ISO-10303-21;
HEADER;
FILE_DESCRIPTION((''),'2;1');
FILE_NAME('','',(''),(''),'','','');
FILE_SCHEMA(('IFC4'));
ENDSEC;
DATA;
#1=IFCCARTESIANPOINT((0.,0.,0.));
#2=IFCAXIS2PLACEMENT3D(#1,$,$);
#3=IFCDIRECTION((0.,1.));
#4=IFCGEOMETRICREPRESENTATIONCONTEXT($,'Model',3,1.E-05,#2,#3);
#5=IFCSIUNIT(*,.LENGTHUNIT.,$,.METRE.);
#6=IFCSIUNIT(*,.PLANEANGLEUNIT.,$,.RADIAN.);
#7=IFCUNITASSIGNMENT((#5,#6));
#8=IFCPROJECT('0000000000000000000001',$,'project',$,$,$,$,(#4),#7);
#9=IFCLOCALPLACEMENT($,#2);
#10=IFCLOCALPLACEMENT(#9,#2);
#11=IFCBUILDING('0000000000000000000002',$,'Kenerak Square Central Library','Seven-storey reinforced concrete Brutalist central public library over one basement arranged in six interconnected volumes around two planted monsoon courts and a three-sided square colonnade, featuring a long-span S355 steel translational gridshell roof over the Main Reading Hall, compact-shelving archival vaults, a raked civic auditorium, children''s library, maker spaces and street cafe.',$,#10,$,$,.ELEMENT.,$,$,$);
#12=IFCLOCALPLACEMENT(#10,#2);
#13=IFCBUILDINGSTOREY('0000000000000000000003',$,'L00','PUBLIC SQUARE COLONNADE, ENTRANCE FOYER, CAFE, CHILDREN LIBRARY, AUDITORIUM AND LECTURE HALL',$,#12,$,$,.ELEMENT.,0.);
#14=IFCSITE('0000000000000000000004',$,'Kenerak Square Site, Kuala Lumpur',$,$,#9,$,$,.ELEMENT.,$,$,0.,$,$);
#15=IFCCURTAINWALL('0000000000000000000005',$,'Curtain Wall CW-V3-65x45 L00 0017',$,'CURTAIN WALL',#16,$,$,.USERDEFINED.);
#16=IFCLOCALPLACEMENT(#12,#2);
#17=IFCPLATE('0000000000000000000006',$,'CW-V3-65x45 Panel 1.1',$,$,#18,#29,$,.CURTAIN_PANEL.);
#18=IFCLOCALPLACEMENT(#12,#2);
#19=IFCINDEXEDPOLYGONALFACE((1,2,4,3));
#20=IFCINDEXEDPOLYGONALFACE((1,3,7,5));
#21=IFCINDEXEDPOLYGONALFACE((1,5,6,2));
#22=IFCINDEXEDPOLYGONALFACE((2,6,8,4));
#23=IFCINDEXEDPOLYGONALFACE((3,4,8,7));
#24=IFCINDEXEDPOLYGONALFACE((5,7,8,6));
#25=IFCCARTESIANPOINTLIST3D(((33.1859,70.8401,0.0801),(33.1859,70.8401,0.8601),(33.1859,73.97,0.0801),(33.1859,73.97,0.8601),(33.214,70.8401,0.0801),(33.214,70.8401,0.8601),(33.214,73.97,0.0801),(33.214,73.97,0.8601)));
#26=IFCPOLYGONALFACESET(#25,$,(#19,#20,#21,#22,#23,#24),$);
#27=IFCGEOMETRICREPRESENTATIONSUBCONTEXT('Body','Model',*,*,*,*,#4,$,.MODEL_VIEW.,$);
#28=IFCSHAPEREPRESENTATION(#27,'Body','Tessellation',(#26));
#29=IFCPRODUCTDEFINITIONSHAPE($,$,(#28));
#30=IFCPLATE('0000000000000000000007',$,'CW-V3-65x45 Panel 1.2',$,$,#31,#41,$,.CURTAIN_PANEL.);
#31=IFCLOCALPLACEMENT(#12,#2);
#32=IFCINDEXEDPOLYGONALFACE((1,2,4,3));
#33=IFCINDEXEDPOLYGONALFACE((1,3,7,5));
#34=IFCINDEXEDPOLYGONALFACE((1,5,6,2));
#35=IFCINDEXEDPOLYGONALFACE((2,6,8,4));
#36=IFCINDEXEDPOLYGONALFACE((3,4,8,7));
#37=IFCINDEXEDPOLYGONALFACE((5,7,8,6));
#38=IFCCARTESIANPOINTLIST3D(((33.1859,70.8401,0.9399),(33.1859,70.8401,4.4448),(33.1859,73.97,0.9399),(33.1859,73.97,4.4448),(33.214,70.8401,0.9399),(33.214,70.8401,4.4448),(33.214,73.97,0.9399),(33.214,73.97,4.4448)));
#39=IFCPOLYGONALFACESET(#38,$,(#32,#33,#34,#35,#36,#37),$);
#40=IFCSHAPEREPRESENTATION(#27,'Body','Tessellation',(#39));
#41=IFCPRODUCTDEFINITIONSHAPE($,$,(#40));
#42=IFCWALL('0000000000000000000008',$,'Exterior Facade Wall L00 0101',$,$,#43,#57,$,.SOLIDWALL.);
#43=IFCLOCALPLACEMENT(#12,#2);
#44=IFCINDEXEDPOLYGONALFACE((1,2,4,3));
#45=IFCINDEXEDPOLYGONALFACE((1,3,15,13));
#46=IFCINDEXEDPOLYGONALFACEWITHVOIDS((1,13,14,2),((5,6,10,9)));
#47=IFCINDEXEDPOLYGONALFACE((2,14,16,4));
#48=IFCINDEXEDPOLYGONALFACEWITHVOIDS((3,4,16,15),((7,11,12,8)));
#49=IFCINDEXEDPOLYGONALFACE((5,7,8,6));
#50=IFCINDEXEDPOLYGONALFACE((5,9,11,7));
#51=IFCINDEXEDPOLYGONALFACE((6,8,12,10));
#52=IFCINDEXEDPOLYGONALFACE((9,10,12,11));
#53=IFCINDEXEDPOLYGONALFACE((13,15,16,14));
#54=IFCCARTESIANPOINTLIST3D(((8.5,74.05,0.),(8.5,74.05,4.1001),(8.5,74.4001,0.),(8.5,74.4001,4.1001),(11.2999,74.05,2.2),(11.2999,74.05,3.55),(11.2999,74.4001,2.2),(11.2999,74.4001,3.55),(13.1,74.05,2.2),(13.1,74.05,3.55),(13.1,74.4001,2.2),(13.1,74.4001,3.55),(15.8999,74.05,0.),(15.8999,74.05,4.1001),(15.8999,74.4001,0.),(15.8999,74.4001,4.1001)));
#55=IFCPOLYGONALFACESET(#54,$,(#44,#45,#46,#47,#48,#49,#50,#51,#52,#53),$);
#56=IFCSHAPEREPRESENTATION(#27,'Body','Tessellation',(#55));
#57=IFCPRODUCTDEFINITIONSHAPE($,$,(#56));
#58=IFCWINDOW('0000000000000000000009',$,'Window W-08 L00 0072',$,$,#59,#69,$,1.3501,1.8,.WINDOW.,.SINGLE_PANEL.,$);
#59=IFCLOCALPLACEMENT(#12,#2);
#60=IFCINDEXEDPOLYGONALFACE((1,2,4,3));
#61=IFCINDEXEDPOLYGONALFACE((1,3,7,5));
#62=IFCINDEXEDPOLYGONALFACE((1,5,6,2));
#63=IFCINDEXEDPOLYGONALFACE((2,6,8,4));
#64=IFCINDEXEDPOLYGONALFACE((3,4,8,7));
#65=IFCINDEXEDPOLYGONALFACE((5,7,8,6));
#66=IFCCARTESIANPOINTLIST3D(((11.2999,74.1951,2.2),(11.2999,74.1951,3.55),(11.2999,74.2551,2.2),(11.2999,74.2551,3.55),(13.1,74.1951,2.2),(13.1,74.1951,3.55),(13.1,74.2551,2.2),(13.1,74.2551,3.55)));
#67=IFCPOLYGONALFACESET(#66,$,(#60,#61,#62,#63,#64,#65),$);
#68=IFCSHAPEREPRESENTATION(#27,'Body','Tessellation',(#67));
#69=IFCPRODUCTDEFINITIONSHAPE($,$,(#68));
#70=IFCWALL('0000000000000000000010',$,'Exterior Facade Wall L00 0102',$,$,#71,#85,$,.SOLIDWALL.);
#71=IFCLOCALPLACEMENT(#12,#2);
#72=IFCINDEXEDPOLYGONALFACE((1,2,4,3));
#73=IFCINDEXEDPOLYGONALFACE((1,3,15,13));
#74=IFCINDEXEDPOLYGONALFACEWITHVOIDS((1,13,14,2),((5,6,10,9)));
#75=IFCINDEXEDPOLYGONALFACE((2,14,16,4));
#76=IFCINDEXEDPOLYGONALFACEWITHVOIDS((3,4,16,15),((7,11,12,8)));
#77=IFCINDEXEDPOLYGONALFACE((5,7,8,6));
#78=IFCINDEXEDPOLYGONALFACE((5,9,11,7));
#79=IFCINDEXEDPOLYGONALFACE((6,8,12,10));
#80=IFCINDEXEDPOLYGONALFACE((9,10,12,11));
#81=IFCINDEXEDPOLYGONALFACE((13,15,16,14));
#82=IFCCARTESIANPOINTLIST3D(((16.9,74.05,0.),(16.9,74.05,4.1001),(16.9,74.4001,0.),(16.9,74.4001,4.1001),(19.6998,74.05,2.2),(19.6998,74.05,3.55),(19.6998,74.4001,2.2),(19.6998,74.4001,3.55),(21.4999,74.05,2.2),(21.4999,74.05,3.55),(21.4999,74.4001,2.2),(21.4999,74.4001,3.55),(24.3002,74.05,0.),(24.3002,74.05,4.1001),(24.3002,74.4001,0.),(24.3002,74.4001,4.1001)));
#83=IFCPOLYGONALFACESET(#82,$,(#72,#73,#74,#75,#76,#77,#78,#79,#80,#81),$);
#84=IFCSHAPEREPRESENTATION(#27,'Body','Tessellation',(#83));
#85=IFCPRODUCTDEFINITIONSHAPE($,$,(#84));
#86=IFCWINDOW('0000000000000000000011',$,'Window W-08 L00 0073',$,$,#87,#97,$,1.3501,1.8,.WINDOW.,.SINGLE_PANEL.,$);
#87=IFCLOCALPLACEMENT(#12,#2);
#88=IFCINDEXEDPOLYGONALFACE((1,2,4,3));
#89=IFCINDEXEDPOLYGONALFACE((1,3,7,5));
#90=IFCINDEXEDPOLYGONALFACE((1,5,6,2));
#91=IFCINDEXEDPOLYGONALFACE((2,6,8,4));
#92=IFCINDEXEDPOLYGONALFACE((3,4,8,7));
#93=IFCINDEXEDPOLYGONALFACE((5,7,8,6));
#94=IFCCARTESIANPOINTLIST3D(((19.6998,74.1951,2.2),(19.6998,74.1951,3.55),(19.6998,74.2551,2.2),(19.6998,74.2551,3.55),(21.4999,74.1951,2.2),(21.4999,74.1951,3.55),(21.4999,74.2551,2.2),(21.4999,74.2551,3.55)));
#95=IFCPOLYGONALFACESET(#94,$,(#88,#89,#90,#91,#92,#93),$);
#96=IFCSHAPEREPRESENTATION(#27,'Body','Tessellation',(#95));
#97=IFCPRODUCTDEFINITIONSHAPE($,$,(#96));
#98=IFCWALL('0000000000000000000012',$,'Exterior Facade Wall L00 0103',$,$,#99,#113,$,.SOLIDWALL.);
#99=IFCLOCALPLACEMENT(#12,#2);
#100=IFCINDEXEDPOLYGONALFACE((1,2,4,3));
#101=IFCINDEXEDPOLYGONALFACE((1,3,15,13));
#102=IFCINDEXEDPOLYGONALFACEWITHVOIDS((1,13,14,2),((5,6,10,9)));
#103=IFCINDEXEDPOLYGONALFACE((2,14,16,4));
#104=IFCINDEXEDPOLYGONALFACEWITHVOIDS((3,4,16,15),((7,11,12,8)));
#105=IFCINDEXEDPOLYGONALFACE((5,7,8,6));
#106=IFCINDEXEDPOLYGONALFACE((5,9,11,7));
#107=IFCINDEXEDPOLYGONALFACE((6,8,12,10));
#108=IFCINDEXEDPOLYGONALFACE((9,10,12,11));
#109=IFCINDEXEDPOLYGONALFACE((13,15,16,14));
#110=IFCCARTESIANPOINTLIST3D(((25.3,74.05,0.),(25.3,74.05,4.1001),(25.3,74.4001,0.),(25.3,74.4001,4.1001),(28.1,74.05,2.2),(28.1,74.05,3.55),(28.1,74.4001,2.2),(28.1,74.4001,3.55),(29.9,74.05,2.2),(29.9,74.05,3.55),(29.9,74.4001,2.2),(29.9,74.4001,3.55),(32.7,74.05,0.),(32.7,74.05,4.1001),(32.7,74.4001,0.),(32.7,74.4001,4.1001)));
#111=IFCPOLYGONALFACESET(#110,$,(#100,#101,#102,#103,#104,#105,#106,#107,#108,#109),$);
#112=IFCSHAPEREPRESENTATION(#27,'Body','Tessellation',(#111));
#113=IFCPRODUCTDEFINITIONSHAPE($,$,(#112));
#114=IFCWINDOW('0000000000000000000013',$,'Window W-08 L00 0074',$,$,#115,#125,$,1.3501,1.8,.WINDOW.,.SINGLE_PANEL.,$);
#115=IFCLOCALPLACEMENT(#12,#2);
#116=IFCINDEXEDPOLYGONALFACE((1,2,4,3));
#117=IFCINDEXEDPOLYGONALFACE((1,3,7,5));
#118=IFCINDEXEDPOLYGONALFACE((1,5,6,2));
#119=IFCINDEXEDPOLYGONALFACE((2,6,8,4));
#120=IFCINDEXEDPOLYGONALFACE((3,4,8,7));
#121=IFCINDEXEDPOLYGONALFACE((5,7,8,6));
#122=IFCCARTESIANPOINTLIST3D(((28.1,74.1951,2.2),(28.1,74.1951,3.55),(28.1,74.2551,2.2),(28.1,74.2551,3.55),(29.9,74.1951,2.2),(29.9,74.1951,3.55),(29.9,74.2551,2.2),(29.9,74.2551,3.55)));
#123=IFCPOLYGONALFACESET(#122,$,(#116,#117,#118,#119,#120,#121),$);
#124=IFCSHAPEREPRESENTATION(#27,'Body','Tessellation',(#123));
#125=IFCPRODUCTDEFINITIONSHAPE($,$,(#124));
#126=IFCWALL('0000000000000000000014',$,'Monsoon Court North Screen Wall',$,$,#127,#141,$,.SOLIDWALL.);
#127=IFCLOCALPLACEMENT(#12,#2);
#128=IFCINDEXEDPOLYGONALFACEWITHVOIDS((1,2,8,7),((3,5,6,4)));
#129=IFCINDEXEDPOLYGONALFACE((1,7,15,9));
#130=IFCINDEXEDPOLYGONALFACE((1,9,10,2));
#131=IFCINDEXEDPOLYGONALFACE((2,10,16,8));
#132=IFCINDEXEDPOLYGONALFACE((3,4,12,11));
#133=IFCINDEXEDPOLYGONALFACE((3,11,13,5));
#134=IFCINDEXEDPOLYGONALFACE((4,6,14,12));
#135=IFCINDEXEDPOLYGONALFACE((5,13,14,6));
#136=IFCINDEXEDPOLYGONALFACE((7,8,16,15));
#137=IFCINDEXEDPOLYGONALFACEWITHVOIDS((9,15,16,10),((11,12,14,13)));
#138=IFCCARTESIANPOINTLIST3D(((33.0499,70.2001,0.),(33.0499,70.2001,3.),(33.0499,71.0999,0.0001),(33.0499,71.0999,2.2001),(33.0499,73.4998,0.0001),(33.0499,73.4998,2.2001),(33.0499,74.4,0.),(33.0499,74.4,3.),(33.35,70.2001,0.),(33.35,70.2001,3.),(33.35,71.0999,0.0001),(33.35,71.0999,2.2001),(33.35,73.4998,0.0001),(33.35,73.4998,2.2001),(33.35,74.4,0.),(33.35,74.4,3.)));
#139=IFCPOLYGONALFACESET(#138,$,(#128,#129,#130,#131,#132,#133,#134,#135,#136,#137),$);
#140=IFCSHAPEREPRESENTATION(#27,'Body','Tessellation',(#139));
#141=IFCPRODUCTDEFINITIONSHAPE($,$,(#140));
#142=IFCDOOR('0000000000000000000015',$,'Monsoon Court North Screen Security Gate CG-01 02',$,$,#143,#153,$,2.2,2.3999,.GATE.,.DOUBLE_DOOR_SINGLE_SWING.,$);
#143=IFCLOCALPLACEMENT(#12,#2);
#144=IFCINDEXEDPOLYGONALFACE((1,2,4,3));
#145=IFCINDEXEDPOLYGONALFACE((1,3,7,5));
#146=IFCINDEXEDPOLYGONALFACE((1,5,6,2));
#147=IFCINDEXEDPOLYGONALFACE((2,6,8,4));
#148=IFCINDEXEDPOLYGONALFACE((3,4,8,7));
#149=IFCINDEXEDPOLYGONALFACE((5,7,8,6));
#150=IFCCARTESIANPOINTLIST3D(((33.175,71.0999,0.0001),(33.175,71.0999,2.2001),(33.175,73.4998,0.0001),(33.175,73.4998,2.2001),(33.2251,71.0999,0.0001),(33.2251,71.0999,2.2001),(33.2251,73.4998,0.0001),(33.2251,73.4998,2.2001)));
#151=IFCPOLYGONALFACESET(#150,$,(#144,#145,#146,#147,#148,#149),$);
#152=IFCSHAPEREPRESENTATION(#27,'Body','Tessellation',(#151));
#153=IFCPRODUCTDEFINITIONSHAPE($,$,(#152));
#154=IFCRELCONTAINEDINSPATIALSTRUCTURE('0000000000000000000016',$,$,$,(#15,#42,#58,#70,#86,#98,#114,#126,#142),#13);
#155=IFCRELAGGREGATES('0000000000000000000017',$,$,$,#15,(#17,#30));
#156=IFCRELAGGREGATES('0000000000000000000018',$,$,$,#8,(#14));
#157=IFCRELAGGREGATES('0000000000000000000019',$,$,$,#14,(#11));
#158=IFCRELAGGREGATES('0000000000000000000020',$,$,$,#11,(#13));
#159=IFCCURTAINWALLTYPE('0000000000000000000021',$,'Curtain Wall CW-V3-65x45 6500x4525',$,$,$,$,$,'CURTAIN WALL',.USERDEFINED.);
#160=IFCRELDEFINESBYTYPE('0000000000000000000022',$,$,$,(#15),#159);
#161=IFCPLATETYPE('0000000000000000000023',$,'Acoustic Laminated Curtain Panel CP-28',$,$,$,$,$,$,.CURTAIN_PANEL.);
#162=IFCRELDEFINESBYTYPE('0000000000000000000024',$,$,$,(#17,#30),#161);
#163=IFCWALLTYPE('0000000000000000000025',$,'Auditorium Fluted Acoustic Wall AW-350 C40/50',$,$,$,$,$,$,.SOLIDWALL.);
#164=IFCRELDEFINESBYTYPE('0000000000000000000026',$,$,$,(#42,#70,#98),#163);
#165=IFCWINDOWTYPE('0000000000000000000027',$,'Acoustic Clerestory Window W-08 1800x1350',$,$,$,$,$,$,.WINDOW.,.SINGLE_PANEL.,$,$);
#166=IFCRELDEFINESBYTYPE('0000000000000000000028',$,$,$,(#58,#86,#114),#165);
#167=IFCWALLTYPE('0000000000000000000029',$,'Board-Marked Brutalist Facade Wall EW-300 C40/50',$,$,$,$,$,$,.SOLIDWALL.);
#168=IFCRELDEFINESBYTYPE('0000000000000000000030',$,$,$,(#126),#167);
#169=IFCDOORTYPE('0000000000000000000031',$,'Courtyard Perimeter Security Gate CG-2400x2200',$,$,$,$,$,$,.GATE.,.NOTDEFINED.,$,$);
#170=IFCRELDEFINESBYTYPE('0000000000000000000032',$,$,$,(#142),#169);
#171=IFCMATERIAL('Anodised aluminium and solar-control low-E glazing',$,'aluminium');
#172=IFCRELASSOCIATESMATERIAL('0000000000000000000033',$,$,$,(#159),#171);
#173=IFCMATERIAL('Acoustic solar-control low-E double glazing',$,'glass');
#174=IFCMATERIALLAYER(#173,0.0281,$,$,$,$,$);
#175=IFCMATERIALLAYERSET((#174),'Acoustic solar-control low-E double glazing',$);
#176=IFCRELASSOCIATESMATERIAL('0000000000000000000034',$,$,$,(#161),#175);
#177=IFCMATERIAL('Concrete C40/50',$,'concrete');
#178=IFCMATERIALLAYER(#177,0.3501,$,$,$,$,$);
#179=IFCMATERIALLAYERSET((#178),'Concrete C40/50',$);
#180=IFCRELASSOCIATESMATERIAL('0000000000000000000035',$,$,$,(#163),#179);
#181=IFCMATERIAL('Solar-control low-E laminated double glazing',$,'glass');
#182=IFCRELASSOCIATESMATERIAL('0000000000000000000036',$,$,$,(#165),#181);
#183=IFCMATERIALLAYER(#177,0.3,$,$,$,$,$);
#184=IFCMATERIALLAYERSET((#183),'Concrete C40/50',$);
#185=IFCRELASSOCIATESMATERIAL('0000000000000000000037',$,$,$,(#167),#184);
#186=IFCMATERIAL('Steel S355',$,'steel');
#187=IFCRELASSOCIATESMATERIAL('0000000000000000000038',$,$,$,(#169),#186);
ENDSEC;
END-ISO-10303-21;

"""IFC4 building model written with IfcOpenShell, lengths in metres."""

from ifc_helpers import new_model, si_unit, direction, frame, frame_2d, origin, origin_2d, place, context, subcontext, project, spatial, rectangle, extrude, material, layer, layer_set, type_object, element, fill, aggregate, save


model = new_model("IFC4")

# Units and contexts
model_context = context("Model", 3, precision=1e-05, world=origin(), true_north=direction((0.0, 1.0)))
body_context = subcontext(model_context, "Body", "Model", "MODEL_VIEW")
ifc_project = project(units=[si_unit("LENGTHUNIT", "METRE"), si_unit("PLANEANGLEUNIT", "RADIAN")], contexts=[model_context])

# Site, building, storey
site_placement = place(None, origin())
site = spatial("IfcSite", under=ifc_project, at=site_placement, Name="Kenerak Square Site, Kuala Lumpur", CompositionType="ELEMENT", RefElevation=0.0)
building_placement = place(site_placement, origin())
building = spatial("IfcBuilding", under=site, at=building_placement, Name="Kenerak Square Central Library", Description="Seven-storey reinforced concrete Brutalist central public library over one basement arranged in six interconnected volumes around two planted monsoon courts and a three-sided square colonnade, featuring a long-span S355 steel translational gridshell roof over the Main Reading Hall, compact-shelving archival vaults, a raked civic auditorium, children's library, maker spaces and street cafe.", CompositionType="ELEMENT")
storey_placement = place(building_placement, origin())
storey = spatial("IfcBuildingStorey", under=building, at=storey_placement, Name="L00", Description="PUBLIC SQUARE COLONNADE, ENTRANCE FOYER, CAFE, CHILDREN LIBRARY, AUDITORIUM AND LECTURE HALL", CompositionType="ELEMENT", Elevation=0.0)

# Curtain wall
ifc_material_1 = material(Name="Anodised aluminium and solar-control low-E glazing", Category="aluminium")
curtain_wall_type = type_object("IfcCurtainWallType", Name="Curtain Wall CW-V3-65x45 6500x4525", ElementType="CURTAIN WALL", PredefinedType="USERDEFINED", material=ifc_material_1)
curtain_wall_placement = place(storey_placement, origin())
curtain_wall = element("IfcCurtainWall", 1, at=curtain_wall_placement, inside=storey, type_object=curtain_wall_type, Name="Curtain Wall CW-V3-65x45 L00 0017", ObjectType="CURTAIN WALL", PredefinedType="USERDEFINED")

# Shared definitions
ifc_material_2 = material(Name="Concrete C40/50", Category="concrete")

# Plates
ifc_material_3 = material(Name="Acoustic solar-control low-E double glazing", Category="glass")
ifc_layer_1 = layer(ifc_material_3, 0.0281)
ifc_layer_set_1 = layer_set([ifc_layer_1], Name="Acoustic solar-control low-E double glazing")
plate_type = type_object("IfcPlateType", Name="Acoustic Laminated Curtain Panel CP-28", PredefinedType="CURTAIN_PANEL", material=ifc_layer_set_1)
plate_1_placement = place(storey_placement, frame((33.2, 72.405, 0.0801), z_axis=(0.0, 0.0, 1.0), x_axis=(0.0, -1.0, 0.0)))
plate_1 = element("IfcPlate", 2, at=plate_1_placement, type_object=plate_type, Name="CW-V3-65x45 Panel 1.1", PredefinedType="CURTAIN_PANEL", context=body_context, shape_type="SweptSolid", body=[
    extrude(rectangle(XDim=3.1299, YDim=0.0281, at=origin_2d()), origin(), (0.0, 0.0, 1.0), 0.78),
])
plate_2_placement = place(storey_placement, frame((33.2, 72.405, 0.9399), z_axis=(0.0, 0.0, 1.0), x_axis=(0.0, -1.0, 0.0)))
plate_2 = element("IfcPlate", 3, at=plate_2_placement, type_object=plate_type, Name="CW-V3-65x45 Panel 1.2", PredefinedType="CURTAIN_PANEL", context=body_context, shape_type="SweptSolid", body=[
    extrude(rectangle(XDim=3.1299, YDim=0.0281, at=origin_2d()), origin(), (0.0, 0.0, 1.0), 3.5049),
])
aggregate(curtain_wall, [plate_1, plate_2])

# Walls, openings, windows
ifc_layer_2 = layer(ifc_material_2, 0.3501)
ifc_layer_set_2 = layer_set([ifc_layer_2], Name="Concrete C40/50")
wall_type_1 = type_object("IfcWallType", Name="Auditorium Fluted Acoustic Wall AW-350 C40/50", PredefinedType="SOLIDWALL", material=ifc_layer_set_2)
wall_1_placement = place(storey_placement, frame((8.5, 74.2251, 0.0), z_axis=(0.0, 0.0, 1.0), x_axis=(1.0, 0.0, 0.0)))
wall_1 = element("IfcWall", 4, at=wall_1_placement, inside=storey, type_object=wall_type_1, Name="Exterior Facade Wall L00 0101", PredefinedType="SOLIDWALL", context=body_context, shape_type="SweptSolid", body=[
    extrude(rectangle(XDim=7.3999, YDim=0.3501, at=frame_2d((3.7, 0.0))), origin(), (0.0, 0.0, 1.0), 4.1001),
])
opening_1_placement = place(wall_1_placement, frame((2.8, 0.0, 2.2)))
opening_1 = element("IfcOpeningElement", 5, at=opening_1_placement, cuts=wall_1, PredefinedType="OPENING", context=body_context, shape_type="SweptSolid", body=[
    extrude(rectangle(XDim=1.8, YDim=1.3501, at=frame_2d((0.8999, 0.675))), frame((0.0, 0.1851, 0.0), z_axis=(0.0, -1.0, 0.0), x_axis=(1.0, 0.0, 0.0)), (0.0, 0.0, 1.0), 0.3701),
])
ifc_material_4 = material(Name="Solar-control low-E laminated double glazing", Category="glass")
window_type = type_object("IfcWindowType", Name="Acoustic Clerestory Window W-08 1800x1350", PartitioningType="SINGLE_PANEL", PredefinedType="WINDOW", material=ifc_material_4)
window_1_placement = place(opening_1_placement, origin())
window_1 = element("IfcWindow", 6, at=window_1_placement, inside=storey, type_object=window_type, Name="Window W-08 L00 0072", OverallHeight=1.3501, OverallWidth=1.8, PartitioningType="SINGLE_PANEL", PredefinedType="WINDOW", context=body_context, shape_type="SweptSolid", body=[
    extrude(rectangle(XDim=1.8, YDim=1.3501, at=frame_2d((0.8999, 0.675))), frame((0.0, 0.03, 0.0), z_axis=(0.0, -1.0, 0.0), x_axis=(1.0, 0.0, 0.0)), (0.0, 0.0, 1.0), 0.0601),
])
fill(opening_1, window_1)
wall_2_placement = place(storey_placement, frame((16.8999, 74.2251, 0.0), z_axis=(0.0, 0.0, 1.0), x_axis=(1.0, 0.0, 0.0)))
wall_2 = element("IfcWall", 7, at=wall_2_placement, inside=storey, type_object=wall_type_1, Name="Exterior Facade Wall L00 0102", PredefinedType="SOLIDWALL", context=body_context, shape_type="SweptSolid", body=[
    extrude(rectangle(XDim=7.4001, YDim=0.3501, at=frame_2d((3.7002, 0.0))), origin(), (0.0, 0.0, 1.0), 4.1001),
])
opening_2_placement = place(wall_2_placement, frame((2.8, 0.0, 2.2)))
opening_2 = element("IfcOpeningElement", 8, at=opening_2_placement, cuts=wall_2, PredefinedType="OPENING", context=body_context, shape_type="SweptSolid", body=[
    extrude(rectangle(XDim=1.8, YDim=1.3501, at=frame_2d((0.8999, 0.675))), frame((0.0, 0.1851, 0.0), z_axis=(0.0, -1.0, 0.0), x_axis=(1.0, 0.0, 0.0)), (0.0, 0.0, 1.0), 0.3701),
])
window_2_placement = place(opening_2_placement, origin())
window_2 = element("IfcWindow", 9, at=window_2_placement, inside=storey, type_object=window_type, Name="Window W-08 L00 0073", OverallHeight=1.3501, OverallWidth=1.8, PartitioningType="SINGLE_PANEL", PredefinedType="WINDOW", context=body_context, shape_type="SweptSolid", body=[
    extrude(rectangle(XDim=1.8, YDim=1.3501, at=frame_2d((0.8999, 0.675))), frame((0.0, 0.03, 0.0), z_axis=(0.0, -1.0, 0.0), x_axis=(1.0, 0.0, 0.0)), (0.0, 0.0, 1.0), 0.0601),
])
fill(opening_2, window_2)
wall_3_placement = place(storey_placement, frame((25.3, 74.2251, 0.0), z_axis=(0.0, 0.0, 1.0), x_axis=(1.0, 0.0, 0.0)))
wall_3 = element("IfcWall", 10, at=wall_3_placement, inside=storey, type_object=wall_type_1, Name="Exterior Facade Wall L00 0103", PredefinedType="SOLIDWALL", context=body_context, shape_type="SweptSolid", body=[
    extrude(rectangle(XDim=7.3999, YDim=0.3501, at=frame_2d((3.7, 0.0))), origin(), (0.0, 0.0, 1.0), 4.1001),
])
opening_3_placement = place(wall_3_placement, frame((2.8, 0.0, 2.2)))
opening_3 = element("IfcOpeningElement", 11, at=opening_3_placement, cuts=wall_3, PredefinedType="OPENING", context=body_context, shape_type="SweptSolid", body=[
    extrude(rectangle(XDim=1.8, YDim=1.3501, at=frame_2d((0.8999, 0.675))), frame((0.0, 0.1851, 0.0), z_axis=(0.0, -1.0, 0.0), x_axis=(1.0, 0.0, 0.0)), (0.0, 0.0, 1.0), 0.3701),
])
window_3_placement = place(opening_3_placement, origin())
window_3 = element("IfcWindow", 12, at=window_3_placement, inside=storey, type_object=window_type, Name="Window W-08 L00 0074", OverallHeight=1.3501, OverallWidth=1.8, PartitioningType="SINGLE_PANEL", PredefinedType="WINDOW", context=body_context, shape_type="SweptSolid", body=[
    extrude(rectangle(XDim=1.8, YDim=1.3501, at=frame_2d((0.8999, 0.675))), frame((0.0, 0.03, 0.0), z_axis=(0.0, -1.0, 0.0), x_axis=(1.0, 0.0, 0.0)), (0.0, 0.0, 1.0), 0.0601),
])
fill(opening_3, window_3)

# Wall, opening, door
ifc_layer_3 = layer(ifc_material_2, 0.3)
ifc_layer_set_3 = layer_set([ifc_layer_3], Name="Concrete C40/50")
wall_type_2 = type_object("IfcWallType", Name="Board-Marked Brutalist Facade Wall EW-300 C40/50", PredefinedType="SOLIDWALL", material=ifc_layer_set_3)
wall_4_placement = place(storey_placement, frame((33.2, 70.2, 0.0), z_axis=(0.0, 0.0, 1.0), x_axis=(0.0, 1.0, 0.0)))
wall_4 = element("IfcWall", 13, at=wall_4_placement, inside=storey, type_object=wall_type_2, Name="Monsoon Court North Screen Wall", PredefinedType="SOLIDWALL", context=body_context, shape_type="SweptSolid", body=[
    extrude(rectangle(XDim=4.2, YDim=0.3, at=frame_2d((2.1001, 0.0))), origin(), (0.0, 0.0, 1.0), 3.0),
])
opening_4_placement = place(wall_4_placement, frame((0.8999, 0.0, 0.0)))
opening_4 = element("IfcOpeningElement", 14, at=opening_4_placement, cuts=wall_4, PredefinedType="OPENING", context=body_context, shape_type="SweptSolid", body=[
    extrude(rectangle(XDim=2.3999, YDim=2.2, at=frame_2d((1.2, 1.1001))), frame((0.0, 0.1599, 0.0), z_axis=(0.0, -1.0, 0.0), x_axis=(1.0, 0.0, 0.0)), (0.0, 0.0, 1.0), 0.3201),
])
ifc_material_5 = material(Name="Steel S355", Category="steel")
door_type = type_object("IfcDoorType", Name="Courtyard Perimeter Security Gate CG-2400x2200", OperationType="NOTDEFINED", PredefinedType="GATE", material=ifc_material_5)
door_placement = place(opening_4_placement, origin())
door = element("IfcDoor", 15, at=door_placement, inside=storey, type_object=door_type, Name="Monsoon Court North Screen Security Gate CG-01 02", OperationType="DOUBLE_DOOR_SINGLE_SWING", OverallHeight=2.2, OverallWidth=2.3999, PredefinedType="GATE", context=body_context, shape_type="SweptSolid", body=[
    extrude(rectangle(XDim=2.3999, YDim=2.2, at=frame_2d((1.2, 1.1001))), frame((0.0, 0.0249, 0.0), z_axis=(0.0, -1.0, 0.0), x_axis=(1.0, 0.0, 0.0)), (0.0, 0.0, 1.0), 0.05),
])
fill(opening_4, door)

save(model, "model.ifc")
